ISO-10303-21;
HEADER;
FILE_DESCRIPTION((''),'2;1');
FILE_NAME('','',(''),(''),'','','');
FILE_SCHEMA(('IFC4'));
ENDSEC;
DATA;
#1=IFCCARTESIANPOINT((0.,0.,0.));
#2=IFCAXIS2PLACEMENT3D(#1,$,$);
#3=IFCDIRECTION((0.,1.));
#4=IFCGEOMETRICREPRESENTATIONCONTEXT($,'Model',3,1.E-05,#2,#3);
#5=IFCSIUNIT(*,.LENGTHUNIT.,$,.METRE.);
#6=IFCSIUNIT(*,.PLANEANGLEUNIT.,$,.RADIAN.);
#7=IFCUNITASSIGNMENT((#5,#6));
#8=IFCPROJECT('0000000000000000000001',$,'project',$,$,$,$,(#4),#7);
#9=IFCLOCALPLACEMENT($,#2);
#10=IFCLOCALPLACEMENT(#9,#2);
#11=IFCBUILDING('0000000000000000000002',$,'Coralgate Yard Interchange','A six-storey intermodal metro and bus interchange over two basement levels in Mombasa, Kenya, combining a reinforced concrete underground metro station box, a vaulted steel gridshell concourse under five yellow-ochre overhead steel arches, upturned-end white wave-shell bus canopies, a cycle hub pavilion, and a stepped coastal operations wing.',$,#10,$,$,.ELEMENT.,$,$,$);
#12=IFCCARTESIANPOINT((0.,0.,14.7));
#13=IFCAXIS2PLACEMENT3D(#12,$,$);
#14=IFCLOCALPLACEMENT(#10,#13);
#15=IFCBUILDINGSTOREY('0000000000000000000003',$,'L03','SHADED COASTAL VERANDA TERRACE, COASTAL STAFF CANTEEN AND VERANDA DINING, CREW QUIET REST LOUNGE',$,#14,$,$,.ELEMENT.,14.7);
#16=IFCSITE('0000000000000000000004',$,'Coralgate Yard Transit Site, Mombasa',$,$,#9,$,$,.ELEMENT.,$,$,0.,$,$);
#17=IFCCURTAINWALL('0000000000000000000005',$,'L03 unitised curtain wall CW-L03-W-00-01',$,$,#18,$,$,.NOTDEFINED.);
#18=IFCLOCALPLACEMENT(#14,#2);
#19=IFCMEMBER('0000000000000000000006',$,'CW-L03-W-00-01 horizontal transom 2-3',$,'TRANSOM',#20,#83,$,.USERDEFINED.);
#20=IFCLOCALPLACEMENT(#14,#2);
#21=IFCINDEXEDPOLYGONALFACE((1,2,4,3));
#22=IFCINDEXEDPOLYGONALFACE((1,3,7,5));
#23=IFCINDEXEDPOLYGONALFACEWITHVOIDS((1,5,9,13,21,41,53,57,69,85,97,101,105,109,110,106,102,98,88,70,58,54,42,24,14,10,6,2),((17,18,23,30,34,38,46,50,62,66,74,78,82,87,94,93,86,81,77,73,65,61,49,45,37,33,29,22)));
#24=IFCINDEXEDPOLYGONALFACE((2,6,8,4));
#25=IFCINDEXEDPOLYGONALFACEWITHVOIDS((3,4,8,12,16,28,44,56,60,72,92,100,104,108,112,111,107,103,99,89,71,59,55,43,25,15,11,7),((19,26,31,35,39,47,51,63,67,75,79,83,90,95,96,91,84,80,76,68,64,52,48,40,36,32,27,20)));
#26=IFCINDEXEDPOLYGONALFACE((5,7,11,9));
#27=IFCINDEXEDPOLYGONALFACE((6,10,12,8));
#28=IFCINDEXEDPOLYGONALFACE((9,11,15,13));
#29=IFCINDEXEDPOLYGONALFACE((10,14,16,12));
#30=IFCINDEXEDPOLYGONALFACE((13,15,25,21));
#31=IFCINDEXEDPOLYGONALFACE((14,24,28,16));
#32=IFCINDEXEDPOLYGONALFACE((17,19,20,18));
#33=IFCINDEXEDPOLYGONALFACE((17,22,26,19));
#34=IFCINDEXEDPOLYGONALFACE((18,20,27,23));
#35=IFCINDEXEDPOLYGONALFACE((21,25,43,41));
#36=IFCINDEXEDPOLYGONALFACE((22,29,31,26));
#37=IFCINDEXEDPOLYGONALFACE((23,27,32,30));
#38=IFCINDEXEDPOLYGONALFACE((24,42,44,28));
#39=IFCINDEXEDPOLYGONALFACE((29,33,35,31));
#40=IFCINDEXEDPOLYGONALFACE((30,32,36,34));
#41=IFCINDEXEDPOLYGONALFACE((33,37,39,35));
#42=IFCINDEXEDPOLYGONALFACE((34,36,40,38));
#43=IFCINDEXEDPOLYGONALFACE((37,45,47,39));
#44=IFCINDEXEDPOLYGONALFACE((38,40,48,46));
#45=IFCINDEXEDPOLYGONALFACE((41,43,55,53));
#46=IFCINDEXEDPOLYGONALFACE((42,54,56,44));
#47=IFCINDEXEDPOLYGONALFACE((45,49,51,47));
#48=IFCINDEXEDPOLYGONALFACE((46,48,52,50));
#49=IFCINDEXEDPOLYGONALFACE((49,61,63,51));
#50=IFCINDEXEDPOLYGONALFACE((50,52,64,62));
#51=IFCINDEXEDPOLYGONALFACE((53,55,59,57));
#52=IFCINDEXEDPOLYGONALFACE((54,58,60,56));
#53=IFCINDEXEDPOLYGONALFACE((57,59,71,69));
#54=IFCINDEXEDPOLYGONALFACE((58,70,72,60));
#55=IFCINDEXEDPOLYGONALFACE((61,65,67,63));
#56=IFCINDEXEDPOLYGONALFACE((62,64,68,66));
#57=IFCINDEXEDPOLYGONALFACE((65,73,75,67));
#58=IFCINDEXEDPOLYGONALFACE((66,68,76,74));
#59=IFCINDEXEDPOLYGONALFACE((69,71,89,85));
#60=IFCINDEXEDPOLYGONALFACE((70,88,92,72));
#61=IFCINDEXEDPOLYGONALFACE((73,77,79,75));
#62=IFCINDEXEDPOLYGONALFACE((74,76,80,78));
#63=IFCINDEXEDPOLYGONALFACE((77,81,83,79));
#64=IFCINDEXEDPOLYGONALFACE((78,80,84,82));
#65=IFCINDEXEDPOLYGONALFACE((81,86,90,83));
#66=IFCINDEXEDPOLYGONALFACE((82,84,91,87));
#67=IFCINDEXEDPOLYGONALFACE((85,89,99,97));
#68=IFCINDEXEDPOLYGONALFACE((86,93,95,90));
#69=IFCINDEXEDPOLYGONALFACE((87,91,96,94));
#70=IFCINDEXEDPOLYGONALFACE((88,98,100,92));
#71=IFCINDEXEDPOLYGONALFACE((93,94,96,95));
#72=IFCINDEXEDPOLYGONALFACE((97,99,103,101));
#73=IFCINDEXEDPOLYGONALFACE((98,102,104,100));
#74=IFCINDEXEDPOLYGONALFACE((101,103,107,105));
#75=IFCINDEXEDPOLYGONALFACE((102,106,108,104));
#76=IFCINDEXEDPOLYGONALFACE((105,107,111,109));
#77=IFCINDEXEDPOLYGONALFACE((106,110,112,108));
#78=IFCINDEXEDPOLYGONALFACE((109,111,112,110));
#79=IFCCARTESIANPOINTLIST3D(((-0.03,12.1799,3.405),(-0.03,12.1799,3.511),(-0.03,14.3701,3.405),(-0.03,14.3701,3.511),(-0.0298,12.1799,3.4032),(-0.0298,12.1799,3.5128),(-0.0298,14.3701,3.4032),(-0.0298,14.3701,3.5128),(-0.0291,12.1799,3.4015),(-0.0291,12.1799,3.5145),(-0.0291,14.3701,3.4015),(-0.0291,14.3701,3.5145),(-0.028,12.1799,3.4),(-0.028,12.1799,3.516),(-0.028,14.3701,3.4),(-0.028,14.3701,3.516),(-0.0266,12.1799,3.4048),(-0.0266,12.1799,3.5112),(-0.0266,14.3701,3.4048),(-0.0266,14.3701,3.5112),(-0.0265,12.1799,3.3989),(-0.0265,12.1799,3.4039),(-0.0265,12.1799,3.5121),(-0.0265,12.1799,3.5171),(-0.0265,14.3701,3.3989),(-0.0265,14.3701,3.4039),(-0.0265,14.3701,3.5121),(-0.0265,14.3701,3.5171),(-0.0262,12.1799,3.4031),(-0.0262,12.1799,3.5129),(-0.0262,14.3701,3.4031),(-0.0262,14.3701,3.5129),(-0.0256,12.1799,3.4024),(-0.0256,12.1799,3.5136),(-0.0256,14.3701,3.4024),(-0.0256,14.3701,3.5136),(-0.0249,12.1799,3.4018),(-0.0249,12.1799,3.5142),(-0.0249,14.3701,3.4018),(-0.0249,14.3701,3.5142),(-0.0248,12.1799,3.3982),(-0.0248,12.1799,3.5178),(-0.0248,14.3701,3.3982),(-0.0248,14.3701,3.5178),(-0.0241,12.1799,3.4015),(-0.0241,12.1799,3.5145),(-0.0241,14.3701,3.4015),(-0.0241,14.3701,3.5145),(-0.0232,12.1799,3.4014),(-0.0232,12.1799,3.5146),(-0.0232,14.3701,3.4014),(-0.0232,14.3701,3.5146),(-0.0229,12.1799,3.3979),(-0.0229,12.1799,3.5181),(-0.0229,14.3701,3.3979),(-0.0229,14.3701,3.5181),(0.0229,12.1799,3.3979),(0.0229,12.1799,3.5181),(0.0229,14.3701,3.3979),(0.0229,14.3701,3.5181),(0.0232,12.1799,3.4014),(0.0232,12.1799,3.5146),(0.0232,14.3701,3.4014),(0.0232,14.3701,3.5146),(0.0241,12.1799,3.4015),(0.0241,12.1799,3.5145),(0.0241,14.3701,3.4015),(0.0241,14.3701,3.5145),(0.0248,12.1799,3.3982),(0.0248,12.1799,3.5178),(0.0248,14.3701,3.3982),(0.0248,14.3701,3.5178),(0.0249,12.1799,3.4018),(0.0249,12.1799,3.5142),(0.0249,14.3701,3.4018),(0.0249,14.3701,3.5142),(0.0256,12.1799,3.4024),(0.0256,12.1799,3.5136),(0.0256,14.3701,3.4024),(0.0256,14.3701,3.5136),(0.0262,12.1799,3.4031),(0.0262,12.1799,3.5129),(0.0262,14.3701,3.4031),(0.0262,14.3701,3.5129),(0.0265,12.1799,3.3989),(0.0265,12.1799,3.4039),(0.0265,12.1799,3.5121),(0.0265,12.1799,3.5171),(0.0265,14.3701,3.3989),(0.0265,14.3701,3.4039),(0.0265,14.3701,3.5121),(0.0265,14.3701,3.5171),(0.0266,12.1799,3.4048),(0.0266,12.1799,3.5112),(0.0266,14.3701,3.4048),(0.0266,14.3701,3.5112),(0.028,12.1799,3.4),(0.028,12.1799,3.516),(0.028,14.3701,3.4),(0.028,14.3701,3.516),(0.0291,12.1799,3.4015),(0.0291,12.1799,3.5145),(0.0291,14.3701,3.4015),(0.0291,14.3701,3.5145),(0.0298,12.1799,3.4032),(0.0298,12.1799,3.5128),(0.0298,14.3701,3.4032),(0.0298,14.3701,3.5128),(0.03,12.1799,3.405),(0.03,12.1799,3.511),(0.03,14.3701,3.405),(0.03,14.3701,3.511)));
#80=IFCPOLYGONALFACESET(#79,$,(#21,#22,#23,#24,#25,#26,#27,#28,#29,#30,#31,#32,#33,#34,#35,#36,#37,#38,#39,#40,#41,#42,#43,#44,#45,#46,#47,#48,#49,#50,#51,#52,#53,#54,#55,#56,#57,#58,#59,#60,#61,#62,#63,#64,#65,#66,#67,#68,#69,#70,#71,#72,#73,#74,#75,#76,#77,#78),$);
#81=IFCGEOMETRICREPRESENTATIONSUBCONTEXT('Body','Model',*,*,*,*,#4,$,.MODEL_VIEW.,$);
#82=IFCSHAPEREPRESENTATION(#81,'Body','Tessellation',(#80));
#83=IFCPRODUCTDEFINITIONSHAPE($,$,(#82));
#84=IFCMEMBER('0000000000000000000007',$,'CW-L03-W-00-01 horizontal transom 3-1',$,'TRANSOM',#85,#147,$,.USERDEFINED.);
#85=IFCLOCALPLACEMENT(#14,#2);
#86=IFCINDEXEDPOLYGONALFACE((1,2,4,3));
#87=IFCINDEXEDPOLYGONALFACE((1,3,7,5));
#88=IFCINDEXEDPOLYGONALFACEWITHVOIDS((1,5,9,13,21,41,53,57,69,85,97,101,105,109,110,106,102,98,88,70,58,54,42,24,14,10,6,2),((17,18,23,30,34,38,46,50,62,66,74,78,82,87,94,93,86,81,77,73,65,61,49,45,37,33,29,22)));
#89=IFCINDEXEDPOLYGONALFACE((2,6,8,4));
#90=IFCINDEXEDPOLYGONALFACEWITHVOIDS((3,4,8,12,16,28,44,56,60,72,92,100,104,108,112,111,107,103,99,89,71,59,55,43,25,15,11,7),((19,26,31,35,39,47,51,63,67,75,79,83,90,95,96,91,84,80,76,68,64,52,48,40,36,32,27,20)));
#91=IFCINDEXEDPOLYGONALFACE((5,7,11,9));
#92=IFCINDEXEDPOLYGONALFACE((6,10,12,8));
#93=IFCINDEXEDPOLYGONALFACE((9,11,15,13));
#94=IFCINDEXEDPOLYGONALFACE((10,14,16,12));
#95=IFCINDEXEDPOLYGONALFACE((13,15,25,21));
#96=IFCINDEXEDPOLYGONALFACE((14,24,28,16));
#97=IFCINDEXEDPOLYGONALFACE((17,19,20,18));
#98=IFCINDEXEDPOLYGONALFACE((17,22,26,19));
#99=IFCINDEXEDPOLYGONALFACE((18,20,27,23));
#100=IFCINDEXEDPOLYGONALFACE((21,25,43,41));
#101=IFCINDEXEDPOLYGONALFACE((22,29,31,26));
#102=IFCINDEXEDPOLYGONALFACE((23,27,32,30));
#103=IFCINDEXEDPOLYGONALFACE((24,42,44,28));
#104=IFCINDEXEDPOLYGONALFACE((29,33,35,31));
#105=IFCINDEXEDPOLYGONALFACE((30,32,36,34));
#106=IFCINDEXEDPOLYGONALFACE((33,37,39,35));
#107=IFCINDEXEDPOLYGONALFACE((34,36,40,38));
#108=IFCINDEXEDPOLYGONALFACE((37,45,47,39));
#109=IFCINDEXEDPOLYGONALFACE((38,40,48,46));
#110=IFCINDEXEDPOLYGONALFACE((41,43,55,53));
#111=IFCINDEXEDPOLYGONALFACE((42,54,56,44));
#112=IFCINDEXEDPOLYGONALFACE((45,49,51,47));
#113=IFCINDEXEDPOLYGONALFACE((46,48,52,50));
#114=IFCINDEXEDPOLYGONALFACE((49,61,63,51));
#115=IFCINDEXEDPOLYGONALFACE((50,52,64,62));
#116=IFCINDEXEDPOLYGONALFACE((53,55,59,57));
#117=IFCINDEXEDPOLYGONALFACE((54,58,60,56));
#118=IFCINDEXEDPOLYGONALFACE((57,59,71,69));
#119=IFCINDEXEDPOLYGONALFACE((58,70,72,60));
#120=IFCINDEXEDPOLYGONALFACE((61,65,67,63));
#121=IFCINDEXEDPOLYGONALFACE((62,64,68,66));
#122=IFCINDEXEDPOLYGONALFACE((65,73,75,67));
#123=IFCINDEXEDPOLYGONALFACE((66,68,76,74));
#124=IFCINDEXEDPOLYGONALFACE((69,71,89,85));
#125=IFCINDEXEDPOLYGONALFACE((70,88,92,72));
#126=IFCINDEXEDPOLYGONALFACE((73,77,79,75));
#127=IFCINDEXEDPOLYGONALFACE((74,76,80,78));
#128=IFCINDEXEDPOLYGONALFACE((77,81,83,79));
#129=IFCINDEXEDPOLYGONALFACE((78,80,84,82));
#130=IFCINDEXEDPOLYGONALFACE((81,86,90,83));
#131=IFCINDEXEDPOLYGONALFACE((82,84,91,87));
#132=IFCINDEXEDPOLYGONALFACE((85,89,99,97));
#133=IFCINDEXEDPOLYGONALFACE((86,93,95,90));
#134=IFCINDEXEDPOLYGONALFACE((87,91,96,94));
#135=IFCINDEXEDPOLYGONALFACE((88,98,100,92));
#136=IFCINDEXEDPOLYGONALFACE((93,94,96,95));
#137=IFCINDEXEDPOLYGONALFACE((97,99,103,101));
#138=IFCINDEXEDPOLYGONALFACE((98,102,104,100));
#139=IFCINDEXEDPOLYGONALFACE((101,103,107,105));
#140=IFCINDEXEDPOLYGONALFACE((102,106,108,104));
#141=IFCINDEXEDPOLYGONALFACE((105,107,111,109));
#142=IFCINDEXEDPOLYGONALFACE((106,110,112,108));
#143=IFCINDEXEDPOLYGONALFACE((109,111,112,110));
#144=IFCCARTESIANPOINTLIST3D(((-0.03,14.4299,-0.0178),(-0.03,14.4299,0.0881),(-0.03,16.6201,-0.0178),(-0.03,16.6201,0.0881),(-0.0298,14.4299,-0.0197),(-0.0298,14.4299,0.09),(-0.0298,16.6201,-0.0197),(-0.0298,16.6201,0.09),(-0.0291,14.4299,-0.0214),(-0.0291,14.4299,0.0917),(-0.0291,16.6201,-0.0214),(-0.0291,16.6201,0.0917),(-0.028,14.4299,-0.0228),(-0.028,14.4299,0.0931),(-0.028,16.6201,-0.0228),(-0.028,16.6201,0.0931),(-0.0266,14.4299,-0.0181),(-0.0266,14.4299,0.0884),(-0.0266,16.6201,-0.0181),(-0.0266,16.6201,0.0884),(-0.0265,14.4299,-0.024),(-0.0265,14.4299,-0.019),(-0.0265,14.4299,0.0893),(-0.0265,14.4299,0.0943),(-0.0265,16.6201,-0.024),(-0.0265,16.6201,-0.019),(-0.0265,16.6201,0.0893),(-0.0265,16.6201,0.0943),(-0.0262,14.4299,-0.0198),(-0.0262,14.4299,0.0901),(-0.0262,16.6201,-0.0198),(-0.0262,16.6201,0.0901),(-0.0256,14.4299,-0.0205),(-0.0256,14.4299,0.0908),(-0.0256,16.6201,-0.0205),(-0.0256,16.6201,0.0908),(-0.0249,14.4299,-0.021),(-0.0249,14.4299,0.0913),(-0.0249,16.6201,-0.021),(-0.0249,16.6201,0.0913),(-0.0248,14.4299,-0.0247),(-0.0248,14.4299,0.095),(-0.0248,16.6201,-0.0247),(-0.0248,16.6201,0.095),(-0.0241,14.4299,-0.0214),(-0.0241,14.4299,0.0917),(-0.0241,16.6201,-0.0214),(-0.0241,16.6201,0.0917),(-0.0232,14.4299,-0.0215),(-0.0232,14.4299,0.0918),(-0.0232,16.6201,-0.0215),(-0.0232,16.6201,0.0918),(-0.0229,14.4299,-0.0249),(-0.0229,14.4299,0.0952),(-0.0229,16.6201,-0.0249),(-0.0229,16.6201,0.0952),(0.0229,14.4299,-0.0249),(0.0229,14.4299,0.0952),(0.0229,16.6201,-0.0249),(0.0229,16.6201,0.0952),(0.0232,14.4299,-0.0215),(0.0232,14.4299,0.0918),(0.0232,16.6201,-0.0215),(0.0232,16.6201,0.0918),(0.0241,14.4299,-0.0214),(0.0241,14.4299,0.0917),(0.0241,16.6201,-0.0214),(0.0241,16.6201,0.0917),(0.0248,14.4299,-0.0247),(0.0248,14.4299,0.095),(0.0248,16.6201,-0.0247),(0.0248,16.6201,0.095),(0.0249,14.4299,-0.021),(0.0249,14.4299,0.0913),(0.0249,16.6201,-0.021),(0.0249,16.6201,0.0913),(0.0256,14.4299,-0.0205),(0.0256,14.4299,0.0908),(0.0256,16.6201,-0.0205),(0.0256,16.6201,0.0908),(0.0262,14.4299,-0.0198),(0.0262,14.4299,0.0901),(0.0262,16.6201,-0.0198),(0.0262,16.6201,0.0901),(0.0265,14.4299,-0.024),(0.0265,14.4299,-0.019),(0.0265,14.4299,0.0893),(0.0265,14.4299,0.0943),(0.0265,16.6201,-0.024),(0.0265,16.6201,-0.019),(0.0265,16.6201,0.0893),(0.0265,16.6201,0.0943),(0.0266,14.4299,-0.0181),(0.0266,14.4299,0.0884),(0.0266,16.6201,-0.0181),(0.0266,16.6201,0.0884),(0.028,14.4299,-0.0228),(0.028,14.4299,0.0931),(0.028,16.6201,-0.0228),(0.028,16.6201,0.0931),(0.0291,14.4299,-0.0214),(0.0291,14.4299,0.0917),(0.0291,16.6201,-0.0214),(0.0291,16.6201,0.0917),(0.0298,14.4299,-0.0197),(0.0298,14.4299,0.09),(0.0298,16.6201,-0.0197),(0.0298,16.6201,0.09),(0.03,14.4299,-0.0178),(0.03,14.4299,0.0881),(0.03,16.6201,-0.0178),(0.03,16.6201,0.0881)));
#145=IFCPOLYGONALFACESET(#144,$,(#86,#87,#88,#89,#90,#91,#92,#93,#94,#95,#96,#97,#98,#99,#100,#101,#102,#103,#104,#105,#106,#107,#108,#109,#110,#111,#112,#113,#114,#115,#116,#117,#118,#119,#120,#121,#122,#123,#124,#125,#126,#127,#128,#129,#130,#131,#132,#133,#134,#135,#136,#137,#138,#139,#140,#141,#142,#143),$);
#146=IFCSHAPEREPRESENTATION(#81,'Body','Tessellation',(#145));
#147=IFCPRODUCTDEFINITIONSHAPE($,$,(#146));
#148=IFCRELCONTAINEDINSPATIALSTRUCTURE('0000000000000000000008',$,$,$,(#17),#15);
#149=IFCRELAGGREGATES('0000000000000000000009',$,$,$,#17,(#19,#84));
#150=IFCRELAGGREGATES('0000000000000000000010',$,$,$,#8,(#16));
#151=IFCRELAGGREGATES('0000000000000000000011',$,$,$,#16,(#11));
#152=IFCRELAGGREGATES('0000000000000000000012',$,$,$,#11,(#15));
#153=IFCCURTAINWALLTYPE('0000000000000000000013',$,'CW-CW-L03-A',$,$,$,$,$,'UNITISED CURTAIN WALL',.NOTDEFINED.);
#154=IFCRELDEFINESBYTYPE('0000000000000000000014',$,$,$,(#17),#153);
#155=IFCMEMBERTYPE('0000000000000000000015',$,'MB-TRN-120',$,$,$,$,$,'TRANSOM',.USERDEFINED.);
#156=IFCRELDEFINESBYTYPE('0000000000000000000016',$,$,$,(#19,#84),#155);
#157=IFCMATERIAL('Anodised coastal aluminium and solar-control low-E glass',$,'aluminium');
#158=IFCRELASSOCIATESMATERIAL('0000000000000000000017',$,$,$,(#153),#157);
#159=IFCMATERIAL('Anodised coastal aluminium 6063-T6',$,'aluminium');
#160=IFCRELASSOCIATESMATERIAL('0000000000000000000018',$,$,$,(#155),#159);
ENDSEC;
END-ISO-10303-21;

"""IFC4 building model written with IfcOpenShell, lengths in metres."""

from ifc_helpers import new_model, si_unit, direction, frame, origin, origin_2d, place, context, subcontext, project, spatial, hollow_rectangle, extrude, material, material_profile, profile_set, type_object, element, aggregate, save


model = new_model("IFC4")

# Units and contexts
model_context = context("Model", 3, precision=1e-05, world=origin(), true_north=direction((0.0, 1.0)))
body_context = subcontext(model_context, "Body", "Model", "MODEL_VIEW")
ifc_project = project(units=[si_unit("LENGTHUNIT", "METRE"), si_unit("PLANEANGLEUNIT", "RADIAN")], contexts=[model_context])

# Site, building, storey
site_placement = place(None, origin())
site = spatial("IfcSite", under=ifc_project, at=site_placement, Name="Coralgate Yard Transit Site, Mombasa", CompositionType="ELEMENT", RefElevation=0.0)
building_placement = place(site_placement, origin())
building = spatial("IfcBuilding", under=site, at=building_placement, Name="Coralgate Yard Interchange", Description="A six-storey intermodal metro and bus interchange over two basement levels in Mombasa, Kenya, combining a reinforced concrete underground metro station box, a vaulted steel gridshell concourse under five yellow-ochre overhead steel arches, upturned-end white wave-shell bus canopies, a cycle hub pavilion, and a stepped coastal operations wing.", CompositionType="ELEMENT")
storey_placement = place(building_placement, frame((0.0, 0.0, 14.7)))
storey = spatial("IfcBuildingStorey", under=building, at=storey_placement, Name="L03", Description="SHADED COASTAL VERANDA TERRACE, COASTAL STAFF CANTEEN AND VERANDA DINING, CREW QUIET REST LOUNGE", CompositionType="ELEMENT", Elevation=14.7)

# Curtain wall, members
ifc_material_1 = material(Name="Anodised coastal aluminium and solar-control low-E glass", Category="aluminium")
curtain_wall_type = type_object("IfcCurtainWallType", Name="CW-CW-L03-A", ElementType="UNITISED CURTAIN WALL", PredefinedType="NOTDEFINED", material=ifc_material_1)
curtain_wall_placement = place(storey_placement, origin())
curtain_wall = element("IfcCurtainWall", 1, at=curtain_wall_placement, inside=storey, type_object=curtain_wall_type, Name="L03 unitised curtain wall CW-L03-W-00-01", PredefinedType="NOTDEFINED")
ifc_material_2 = material(Name="Anodised coastal aluminium 6063-T6", Category="aluminium")
ifc_material_profile_1 = material_profile(ifc_material_2, hollow_rectangle(XDim=0.0601, YDim=0.1201, WallThickness=0.0034, InnerFilletRadius=0.0034, OuterFilletRadius=0.0071, at=origin_2d()), Name="ALU 60x120x3.5")
ifc_profile_set_1 = profile_set([ifc_material_profile_1], Name="Anodised coastal aluminium 6063-T6")
member_type_1 = type_object("IfcMemberType", Name="MB-TRN-120", ElementType="TRANSOM", PredefinedType="USERDEFINED", material=ifc_profile_set_1)
member_1_placement = place(storey_placement, frame((0.0, 12.1799, 3.458), z_axis=(0.0, 1.0, 0.0), x_axis=(-1.0, 0.0, 0.0)))
member_1 = element("IfcMember", 2, at=member_1_placement, type_object=member_type_1, Name="CW-L03-W-00-01 horizontal transom 2-3", ObjectType="TRANSOM", PredefinedType="USERDEFINED", context=body_context, shape_type="SweptSolid", body=[
    extrude(hollow_rectangle(XDim=0.0601, YDim=0.1201, WallThickness=0.0034, InnerFilletRadius=0.0034, OuterFilletRadius=0.0071, at=origin_2d()), origin(), (0.0, 0.0, 1.0), 2.1902),
])
member_2_placement = place(storey_placement, frame((0.0, 14.4299, 0.0352), z_axis=(0.0, 1.0, 0.0), x_axis=(-1.0, 0.0, 0.0)))
member_2 = element("IfcMember", 3, at=member_2_placement, type_object=member_type_1, Name="CW-L03-W-00-01 horizontal transom 3-1", ObjectType="TRANSOM", PredefinedType="USERDEFINED", context=body_context, shape_type="SweptSolid", body=[
    extrude(hollow_rectangle(XDim=0.0601, YDim=0.1201, WallThickness=0.0034, InnerFilletRadius=0.0034, OuterFilletRadius=0.0071, at=origin_2d()), origin(), (0.0, 0.0, 1.0), 2.1902),
])
aggregate(curtain_wall, [member_1, member_2])

save(model, "model.ifc")
